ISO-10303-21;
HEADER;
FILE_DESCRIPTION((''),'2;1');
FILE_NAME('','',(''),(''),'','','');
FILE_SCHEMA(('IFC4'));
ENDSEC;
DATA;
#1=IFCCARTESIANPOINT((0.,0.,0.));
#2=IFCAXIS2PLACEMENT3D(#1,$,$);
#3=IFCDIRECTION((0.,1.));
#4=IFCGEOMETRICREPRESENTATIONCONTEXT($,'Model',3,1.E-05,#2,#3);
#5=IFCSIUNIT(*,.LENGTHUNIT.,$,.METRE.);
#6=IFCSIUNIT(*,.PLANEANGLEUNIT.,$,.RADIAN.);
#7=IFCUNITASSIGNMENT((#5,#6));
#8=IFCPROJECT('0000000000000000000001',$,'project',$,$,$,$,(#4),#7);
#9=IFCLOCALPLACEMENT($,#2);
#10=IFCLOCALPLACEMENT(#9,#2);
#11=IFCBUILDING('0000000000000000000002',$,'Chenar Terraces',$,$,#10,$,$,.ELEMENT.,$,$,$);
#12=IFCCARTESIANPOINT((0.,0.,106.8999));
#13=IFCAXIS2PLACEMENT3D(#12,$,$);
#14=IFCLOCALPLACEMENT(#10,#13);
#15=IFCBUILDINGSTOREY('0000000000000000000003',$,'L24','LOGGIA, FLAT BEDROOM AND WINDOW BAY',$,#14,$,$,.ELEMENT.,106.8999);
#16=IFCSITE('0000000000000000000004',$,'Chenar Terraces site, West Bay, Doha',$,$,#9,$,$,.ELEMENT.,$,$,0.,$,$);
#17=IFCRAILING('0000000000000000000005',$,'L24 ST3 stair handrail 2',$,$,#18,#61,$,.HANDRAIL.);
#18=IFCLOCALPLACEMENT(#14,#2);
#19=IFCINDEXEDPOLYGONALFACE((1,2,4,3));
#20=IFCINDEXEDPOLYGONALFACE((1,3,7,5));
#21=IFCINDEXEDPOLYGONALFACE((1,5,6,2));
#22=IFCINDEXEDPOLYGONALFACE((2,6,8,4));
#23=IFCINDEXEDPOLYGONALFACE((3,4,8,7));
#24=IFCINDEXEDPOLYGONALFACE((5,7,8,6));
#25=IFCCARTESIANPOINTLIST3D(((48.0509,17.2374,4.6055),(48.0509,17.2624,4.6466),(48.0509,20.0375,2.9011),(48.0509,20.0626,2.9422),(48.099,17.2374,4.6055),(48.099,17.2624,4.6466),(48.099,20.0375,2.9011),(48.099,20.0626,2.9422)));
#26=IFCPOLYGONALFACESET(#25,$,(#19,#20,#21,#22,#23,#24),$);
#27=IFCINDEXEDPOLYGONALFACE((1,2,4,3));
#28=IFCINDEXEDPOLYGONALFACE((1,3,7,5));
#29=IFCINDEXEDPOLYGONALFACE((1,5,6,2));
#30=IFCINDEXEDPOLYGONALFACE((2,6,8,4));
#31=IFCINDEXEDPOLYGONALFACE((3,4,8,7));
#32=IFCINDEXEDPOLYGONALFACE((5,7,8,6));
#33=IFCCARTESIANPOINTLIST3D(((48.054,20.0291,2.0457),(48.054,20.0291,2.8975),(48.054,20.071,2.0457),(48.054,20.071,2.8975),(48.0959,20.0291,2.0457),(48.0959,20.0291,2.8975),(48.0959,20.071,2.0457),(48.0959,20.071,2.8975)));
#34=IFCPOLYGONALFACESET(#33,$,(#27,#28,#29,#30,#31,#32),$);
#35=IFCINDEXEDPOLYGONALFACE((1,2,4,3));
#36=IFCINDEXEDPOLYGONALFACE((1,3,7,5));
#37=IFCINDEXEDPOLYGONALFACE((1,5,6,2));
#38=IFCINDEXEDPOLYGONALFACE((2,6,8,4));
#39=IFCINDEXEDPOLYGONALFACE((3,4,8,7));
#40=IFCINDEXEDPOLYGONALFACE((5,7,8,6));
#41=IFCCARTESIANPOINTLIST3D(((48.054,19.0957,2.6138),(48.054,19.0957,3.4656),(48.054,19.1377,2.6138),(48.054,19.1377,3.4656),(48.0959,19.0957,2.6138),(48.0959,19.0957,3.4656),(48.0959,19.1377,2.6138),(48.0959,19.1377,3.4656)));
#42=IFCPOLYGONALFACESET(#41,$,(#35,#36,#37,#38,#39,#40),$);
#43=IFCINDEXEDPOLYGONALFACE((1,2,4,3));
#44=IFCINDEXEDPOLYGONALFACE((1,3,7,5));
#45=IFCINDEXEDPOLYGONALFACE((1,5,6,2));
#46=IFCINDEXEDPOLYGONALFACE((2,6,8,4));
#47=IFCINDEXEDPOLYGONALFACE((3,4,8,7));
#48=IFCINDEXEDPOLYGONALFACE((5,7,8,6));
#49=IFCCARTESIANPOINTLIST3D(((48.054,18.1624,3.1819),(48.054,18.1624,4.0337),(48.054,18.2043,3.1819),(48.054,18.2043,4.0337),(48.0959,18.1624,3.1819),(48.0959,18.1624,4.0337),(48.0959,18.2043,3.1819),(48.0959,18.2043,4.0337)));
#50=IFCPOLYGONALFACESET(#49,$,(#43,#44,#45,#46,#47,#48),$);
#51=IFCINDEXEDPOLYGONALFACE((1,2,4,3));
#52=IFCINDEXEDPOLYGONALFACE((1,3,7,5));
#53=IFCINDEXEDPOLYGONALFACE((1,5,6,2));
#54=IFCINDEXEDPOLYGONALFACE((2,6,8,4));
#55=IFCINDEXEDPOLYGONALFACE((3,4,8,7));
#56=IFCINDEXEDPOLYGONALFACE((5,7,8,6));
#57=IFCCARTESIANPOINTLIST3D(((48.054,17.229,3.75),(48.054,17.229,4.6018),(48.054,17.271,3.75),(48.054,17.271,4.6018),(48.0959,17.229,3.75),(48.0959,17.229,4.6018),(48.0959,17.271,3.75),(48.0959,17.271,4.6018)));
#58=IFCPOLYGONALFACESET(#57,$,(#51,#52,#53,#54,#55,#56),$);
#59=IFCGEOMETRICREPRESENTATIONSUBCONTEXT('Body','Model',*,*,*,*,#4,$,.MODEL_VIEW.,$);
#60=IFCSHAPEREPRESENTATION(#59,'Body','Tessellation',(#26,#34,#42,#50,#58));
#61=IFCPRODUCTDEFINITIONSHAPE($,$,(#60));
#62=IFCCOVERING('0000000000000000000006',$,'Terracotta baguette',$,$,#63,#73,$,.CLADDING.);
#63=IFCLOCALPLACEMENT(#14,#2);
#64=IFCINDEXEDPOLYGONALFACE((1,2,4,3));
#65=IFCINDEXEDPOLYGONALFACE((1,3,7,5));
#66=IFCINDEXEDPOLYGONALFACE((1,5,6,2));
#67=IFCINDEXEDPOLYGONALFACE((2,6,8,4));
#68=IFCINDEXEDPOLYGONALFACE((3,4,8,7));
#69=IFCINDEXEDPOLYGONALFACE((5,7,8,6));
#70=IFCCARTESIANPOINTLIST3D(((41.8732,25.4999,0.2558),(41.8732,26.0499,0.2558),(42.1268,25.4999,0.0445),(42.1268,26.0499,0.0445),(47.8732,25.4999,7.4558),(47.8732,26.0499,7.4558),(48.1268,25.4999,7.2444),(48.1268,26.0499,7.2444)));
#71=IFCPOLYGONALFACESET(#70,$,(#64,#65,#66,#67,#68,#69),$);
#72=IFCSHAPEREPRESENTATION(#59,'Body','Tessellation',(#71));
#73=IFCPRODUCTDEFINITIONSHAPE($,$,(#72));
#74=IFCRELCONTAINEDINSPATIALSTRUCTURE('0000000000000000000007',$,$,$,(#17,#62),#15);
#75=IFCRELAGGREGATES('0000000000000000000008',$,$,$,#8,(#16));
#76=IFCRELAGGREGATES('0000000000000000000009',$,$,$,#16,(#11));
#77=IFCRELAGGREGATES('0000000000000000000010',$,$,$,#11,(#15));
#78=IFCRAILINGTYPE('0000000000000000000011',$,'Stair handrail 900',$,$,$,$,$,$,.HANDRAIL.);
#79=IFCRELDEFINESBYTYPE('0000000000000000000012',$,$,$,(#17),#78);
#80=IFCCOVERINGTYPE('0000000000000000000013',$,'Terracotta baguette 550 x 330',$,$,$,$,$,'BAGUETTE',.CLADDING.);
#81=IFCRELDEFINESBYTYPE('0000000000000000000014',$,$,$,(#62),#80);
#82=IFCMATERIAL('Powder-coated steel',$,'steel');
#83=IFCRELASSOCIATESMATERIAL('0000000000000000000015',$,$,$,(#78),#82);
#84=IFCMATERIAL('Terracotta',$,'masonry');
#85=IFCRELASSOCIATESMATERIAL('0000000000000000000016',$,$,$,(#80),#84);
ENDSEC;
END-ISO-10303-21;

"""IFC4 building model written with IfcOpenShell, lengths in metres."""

from ifc_helpers import new_model, si_unit, direction, frame, origin, origin_2d, place, context, subcontext, project, spatial, rectangle, extrude, material, material_profile, profile_set, type_object, element, save


model = new_model("IFC4")

# Units and contexts
model_context = context("Model", 3, precision=1e-05, world=origin(), true_north=direction((0.0, 1.0)))
body_context = subcontext(model_context, "Body", "Model", "MODEL_VIEW")
ifc_project = project(units=[si_unit("LENGTHUNIT", "METRE"), si_unit("PLANEANGLEUNIT", "RADIAN")], contexts=[model_context])

# Site, building, storey
site_placement = place(None, origin())
site = spatial("IfcSite", under=ifc_project, at=site_placement, Name="Chenar Terraces site, West Bay, Doha", CompositionType="ELEMENT", RefElevation=0.0)
building_placement = place(site_placement, origin())
building = spatial("IfcBuilding", under=site, at=building_placement, Name="Chenar Terraces", CompositionType="ELEMENT")
storey_placement = place(building_placement, frame((0.0, 0.0, 106.8999)))
storey = spatial("IfcBuildingStorey", under=building, at=storey_placement, Name="L24", Description="LOGGIA, FLAT BEDROOM AND WINDOW BAY", CompositionType="ELEMENT", Elevation=106.8999)

# Railing
ifc_material_1 = material(Name="Powder-coated steel", Category="steel")
railing_type_1 = type_object("IfcRailingType", Name="Stair handrail 900", PredefinedType="HANDRAIL", material=ifc_material_1)
railing_1_placement = place(storey_placement, frame((48.075, 20.05, 2.0457)))
element("IfcRailing", 1, at=railing_1_placement, inside=storey, type_object=railing_type_1, Name="L24 ST3 stair handrail 2", PredefinedType="HANDRAIL", context=body_context, shape_type="SweptSolid", body=[
    extrude(rectangle(XDim=0.0481, YDim=0.0481, at=origin_2d()), frame((0.0, 0.0, 0.876), z_axis=(0.0, -0.854203, 0.51994), x_axis=(1.0, 0.0, 0.0)), (0.0, 0.0, 1.0), 3.2781),
    extrude(rectangle(XDim=0.042, YDim=0.042, at=origin_2d()), origin(), (0.0, 0.0, 1.0), 0.8518),
    extrude(rectangle(XDim=0.042, YDim=0.042, at=origin_2d()), frame((0.0, -0.9333, 0.5681)), (0.0, 0.0, 1.0), 0.8518),
    extrude(rectangle(XDim=0.042, YDim=0.042, at=origin_2d()), frame((0.0, -1.8667, 1.1362)), (0.0, 0.0, 1.0), 0.8518),
    extrude(rectangle(XDim=0.042, YDim=0.042, at=origin_2d()), frame((0.0, -2.8, 1.7043)), (0.0, 0.0, 1.0), 0.8518),
])

# Covering
ifc_material_2 = material(Name="Terracotta", Category="masonry")
ifc_material_profile_1 = material_profile(ifc_material_2, rectangle(XDim=0.55, YDim=0.3301, at=origin_2d()), Name="Terracotta baguette 550 x 330")
ifc_profile_set_1 = profile_set([ifc_material_profile_1], Name="Terracotta")
covering_type = type_object("IfcCoveringType", Name="Terracotta baguette 550 x 330", ElementType="BAGUETTE", PredefinedType="CLADDING", material=ifc_profile_set_1)
covering_placement = place(storey_placement, frame((48.0, 25.7749, 7.3501), z_axis=(-0.640187, 0.0, -0.768219), x_axis=(0.0, -1.0, 0.0)))
element("IfcCovering", 2, at=covering_placement, inside=storey, type_object=covering_type, Name="Terracotta baguette", PredefinedType="CLADDING", context=body_context, shape_type="SweptSolid", body=[
    extrude(rectangle(XDim=0.55, YDim=0.3301, at=origin_2d()), origin(), (0.0, 0.0, 1.0), 9.3723),
])

save(model, "model.ifc")
